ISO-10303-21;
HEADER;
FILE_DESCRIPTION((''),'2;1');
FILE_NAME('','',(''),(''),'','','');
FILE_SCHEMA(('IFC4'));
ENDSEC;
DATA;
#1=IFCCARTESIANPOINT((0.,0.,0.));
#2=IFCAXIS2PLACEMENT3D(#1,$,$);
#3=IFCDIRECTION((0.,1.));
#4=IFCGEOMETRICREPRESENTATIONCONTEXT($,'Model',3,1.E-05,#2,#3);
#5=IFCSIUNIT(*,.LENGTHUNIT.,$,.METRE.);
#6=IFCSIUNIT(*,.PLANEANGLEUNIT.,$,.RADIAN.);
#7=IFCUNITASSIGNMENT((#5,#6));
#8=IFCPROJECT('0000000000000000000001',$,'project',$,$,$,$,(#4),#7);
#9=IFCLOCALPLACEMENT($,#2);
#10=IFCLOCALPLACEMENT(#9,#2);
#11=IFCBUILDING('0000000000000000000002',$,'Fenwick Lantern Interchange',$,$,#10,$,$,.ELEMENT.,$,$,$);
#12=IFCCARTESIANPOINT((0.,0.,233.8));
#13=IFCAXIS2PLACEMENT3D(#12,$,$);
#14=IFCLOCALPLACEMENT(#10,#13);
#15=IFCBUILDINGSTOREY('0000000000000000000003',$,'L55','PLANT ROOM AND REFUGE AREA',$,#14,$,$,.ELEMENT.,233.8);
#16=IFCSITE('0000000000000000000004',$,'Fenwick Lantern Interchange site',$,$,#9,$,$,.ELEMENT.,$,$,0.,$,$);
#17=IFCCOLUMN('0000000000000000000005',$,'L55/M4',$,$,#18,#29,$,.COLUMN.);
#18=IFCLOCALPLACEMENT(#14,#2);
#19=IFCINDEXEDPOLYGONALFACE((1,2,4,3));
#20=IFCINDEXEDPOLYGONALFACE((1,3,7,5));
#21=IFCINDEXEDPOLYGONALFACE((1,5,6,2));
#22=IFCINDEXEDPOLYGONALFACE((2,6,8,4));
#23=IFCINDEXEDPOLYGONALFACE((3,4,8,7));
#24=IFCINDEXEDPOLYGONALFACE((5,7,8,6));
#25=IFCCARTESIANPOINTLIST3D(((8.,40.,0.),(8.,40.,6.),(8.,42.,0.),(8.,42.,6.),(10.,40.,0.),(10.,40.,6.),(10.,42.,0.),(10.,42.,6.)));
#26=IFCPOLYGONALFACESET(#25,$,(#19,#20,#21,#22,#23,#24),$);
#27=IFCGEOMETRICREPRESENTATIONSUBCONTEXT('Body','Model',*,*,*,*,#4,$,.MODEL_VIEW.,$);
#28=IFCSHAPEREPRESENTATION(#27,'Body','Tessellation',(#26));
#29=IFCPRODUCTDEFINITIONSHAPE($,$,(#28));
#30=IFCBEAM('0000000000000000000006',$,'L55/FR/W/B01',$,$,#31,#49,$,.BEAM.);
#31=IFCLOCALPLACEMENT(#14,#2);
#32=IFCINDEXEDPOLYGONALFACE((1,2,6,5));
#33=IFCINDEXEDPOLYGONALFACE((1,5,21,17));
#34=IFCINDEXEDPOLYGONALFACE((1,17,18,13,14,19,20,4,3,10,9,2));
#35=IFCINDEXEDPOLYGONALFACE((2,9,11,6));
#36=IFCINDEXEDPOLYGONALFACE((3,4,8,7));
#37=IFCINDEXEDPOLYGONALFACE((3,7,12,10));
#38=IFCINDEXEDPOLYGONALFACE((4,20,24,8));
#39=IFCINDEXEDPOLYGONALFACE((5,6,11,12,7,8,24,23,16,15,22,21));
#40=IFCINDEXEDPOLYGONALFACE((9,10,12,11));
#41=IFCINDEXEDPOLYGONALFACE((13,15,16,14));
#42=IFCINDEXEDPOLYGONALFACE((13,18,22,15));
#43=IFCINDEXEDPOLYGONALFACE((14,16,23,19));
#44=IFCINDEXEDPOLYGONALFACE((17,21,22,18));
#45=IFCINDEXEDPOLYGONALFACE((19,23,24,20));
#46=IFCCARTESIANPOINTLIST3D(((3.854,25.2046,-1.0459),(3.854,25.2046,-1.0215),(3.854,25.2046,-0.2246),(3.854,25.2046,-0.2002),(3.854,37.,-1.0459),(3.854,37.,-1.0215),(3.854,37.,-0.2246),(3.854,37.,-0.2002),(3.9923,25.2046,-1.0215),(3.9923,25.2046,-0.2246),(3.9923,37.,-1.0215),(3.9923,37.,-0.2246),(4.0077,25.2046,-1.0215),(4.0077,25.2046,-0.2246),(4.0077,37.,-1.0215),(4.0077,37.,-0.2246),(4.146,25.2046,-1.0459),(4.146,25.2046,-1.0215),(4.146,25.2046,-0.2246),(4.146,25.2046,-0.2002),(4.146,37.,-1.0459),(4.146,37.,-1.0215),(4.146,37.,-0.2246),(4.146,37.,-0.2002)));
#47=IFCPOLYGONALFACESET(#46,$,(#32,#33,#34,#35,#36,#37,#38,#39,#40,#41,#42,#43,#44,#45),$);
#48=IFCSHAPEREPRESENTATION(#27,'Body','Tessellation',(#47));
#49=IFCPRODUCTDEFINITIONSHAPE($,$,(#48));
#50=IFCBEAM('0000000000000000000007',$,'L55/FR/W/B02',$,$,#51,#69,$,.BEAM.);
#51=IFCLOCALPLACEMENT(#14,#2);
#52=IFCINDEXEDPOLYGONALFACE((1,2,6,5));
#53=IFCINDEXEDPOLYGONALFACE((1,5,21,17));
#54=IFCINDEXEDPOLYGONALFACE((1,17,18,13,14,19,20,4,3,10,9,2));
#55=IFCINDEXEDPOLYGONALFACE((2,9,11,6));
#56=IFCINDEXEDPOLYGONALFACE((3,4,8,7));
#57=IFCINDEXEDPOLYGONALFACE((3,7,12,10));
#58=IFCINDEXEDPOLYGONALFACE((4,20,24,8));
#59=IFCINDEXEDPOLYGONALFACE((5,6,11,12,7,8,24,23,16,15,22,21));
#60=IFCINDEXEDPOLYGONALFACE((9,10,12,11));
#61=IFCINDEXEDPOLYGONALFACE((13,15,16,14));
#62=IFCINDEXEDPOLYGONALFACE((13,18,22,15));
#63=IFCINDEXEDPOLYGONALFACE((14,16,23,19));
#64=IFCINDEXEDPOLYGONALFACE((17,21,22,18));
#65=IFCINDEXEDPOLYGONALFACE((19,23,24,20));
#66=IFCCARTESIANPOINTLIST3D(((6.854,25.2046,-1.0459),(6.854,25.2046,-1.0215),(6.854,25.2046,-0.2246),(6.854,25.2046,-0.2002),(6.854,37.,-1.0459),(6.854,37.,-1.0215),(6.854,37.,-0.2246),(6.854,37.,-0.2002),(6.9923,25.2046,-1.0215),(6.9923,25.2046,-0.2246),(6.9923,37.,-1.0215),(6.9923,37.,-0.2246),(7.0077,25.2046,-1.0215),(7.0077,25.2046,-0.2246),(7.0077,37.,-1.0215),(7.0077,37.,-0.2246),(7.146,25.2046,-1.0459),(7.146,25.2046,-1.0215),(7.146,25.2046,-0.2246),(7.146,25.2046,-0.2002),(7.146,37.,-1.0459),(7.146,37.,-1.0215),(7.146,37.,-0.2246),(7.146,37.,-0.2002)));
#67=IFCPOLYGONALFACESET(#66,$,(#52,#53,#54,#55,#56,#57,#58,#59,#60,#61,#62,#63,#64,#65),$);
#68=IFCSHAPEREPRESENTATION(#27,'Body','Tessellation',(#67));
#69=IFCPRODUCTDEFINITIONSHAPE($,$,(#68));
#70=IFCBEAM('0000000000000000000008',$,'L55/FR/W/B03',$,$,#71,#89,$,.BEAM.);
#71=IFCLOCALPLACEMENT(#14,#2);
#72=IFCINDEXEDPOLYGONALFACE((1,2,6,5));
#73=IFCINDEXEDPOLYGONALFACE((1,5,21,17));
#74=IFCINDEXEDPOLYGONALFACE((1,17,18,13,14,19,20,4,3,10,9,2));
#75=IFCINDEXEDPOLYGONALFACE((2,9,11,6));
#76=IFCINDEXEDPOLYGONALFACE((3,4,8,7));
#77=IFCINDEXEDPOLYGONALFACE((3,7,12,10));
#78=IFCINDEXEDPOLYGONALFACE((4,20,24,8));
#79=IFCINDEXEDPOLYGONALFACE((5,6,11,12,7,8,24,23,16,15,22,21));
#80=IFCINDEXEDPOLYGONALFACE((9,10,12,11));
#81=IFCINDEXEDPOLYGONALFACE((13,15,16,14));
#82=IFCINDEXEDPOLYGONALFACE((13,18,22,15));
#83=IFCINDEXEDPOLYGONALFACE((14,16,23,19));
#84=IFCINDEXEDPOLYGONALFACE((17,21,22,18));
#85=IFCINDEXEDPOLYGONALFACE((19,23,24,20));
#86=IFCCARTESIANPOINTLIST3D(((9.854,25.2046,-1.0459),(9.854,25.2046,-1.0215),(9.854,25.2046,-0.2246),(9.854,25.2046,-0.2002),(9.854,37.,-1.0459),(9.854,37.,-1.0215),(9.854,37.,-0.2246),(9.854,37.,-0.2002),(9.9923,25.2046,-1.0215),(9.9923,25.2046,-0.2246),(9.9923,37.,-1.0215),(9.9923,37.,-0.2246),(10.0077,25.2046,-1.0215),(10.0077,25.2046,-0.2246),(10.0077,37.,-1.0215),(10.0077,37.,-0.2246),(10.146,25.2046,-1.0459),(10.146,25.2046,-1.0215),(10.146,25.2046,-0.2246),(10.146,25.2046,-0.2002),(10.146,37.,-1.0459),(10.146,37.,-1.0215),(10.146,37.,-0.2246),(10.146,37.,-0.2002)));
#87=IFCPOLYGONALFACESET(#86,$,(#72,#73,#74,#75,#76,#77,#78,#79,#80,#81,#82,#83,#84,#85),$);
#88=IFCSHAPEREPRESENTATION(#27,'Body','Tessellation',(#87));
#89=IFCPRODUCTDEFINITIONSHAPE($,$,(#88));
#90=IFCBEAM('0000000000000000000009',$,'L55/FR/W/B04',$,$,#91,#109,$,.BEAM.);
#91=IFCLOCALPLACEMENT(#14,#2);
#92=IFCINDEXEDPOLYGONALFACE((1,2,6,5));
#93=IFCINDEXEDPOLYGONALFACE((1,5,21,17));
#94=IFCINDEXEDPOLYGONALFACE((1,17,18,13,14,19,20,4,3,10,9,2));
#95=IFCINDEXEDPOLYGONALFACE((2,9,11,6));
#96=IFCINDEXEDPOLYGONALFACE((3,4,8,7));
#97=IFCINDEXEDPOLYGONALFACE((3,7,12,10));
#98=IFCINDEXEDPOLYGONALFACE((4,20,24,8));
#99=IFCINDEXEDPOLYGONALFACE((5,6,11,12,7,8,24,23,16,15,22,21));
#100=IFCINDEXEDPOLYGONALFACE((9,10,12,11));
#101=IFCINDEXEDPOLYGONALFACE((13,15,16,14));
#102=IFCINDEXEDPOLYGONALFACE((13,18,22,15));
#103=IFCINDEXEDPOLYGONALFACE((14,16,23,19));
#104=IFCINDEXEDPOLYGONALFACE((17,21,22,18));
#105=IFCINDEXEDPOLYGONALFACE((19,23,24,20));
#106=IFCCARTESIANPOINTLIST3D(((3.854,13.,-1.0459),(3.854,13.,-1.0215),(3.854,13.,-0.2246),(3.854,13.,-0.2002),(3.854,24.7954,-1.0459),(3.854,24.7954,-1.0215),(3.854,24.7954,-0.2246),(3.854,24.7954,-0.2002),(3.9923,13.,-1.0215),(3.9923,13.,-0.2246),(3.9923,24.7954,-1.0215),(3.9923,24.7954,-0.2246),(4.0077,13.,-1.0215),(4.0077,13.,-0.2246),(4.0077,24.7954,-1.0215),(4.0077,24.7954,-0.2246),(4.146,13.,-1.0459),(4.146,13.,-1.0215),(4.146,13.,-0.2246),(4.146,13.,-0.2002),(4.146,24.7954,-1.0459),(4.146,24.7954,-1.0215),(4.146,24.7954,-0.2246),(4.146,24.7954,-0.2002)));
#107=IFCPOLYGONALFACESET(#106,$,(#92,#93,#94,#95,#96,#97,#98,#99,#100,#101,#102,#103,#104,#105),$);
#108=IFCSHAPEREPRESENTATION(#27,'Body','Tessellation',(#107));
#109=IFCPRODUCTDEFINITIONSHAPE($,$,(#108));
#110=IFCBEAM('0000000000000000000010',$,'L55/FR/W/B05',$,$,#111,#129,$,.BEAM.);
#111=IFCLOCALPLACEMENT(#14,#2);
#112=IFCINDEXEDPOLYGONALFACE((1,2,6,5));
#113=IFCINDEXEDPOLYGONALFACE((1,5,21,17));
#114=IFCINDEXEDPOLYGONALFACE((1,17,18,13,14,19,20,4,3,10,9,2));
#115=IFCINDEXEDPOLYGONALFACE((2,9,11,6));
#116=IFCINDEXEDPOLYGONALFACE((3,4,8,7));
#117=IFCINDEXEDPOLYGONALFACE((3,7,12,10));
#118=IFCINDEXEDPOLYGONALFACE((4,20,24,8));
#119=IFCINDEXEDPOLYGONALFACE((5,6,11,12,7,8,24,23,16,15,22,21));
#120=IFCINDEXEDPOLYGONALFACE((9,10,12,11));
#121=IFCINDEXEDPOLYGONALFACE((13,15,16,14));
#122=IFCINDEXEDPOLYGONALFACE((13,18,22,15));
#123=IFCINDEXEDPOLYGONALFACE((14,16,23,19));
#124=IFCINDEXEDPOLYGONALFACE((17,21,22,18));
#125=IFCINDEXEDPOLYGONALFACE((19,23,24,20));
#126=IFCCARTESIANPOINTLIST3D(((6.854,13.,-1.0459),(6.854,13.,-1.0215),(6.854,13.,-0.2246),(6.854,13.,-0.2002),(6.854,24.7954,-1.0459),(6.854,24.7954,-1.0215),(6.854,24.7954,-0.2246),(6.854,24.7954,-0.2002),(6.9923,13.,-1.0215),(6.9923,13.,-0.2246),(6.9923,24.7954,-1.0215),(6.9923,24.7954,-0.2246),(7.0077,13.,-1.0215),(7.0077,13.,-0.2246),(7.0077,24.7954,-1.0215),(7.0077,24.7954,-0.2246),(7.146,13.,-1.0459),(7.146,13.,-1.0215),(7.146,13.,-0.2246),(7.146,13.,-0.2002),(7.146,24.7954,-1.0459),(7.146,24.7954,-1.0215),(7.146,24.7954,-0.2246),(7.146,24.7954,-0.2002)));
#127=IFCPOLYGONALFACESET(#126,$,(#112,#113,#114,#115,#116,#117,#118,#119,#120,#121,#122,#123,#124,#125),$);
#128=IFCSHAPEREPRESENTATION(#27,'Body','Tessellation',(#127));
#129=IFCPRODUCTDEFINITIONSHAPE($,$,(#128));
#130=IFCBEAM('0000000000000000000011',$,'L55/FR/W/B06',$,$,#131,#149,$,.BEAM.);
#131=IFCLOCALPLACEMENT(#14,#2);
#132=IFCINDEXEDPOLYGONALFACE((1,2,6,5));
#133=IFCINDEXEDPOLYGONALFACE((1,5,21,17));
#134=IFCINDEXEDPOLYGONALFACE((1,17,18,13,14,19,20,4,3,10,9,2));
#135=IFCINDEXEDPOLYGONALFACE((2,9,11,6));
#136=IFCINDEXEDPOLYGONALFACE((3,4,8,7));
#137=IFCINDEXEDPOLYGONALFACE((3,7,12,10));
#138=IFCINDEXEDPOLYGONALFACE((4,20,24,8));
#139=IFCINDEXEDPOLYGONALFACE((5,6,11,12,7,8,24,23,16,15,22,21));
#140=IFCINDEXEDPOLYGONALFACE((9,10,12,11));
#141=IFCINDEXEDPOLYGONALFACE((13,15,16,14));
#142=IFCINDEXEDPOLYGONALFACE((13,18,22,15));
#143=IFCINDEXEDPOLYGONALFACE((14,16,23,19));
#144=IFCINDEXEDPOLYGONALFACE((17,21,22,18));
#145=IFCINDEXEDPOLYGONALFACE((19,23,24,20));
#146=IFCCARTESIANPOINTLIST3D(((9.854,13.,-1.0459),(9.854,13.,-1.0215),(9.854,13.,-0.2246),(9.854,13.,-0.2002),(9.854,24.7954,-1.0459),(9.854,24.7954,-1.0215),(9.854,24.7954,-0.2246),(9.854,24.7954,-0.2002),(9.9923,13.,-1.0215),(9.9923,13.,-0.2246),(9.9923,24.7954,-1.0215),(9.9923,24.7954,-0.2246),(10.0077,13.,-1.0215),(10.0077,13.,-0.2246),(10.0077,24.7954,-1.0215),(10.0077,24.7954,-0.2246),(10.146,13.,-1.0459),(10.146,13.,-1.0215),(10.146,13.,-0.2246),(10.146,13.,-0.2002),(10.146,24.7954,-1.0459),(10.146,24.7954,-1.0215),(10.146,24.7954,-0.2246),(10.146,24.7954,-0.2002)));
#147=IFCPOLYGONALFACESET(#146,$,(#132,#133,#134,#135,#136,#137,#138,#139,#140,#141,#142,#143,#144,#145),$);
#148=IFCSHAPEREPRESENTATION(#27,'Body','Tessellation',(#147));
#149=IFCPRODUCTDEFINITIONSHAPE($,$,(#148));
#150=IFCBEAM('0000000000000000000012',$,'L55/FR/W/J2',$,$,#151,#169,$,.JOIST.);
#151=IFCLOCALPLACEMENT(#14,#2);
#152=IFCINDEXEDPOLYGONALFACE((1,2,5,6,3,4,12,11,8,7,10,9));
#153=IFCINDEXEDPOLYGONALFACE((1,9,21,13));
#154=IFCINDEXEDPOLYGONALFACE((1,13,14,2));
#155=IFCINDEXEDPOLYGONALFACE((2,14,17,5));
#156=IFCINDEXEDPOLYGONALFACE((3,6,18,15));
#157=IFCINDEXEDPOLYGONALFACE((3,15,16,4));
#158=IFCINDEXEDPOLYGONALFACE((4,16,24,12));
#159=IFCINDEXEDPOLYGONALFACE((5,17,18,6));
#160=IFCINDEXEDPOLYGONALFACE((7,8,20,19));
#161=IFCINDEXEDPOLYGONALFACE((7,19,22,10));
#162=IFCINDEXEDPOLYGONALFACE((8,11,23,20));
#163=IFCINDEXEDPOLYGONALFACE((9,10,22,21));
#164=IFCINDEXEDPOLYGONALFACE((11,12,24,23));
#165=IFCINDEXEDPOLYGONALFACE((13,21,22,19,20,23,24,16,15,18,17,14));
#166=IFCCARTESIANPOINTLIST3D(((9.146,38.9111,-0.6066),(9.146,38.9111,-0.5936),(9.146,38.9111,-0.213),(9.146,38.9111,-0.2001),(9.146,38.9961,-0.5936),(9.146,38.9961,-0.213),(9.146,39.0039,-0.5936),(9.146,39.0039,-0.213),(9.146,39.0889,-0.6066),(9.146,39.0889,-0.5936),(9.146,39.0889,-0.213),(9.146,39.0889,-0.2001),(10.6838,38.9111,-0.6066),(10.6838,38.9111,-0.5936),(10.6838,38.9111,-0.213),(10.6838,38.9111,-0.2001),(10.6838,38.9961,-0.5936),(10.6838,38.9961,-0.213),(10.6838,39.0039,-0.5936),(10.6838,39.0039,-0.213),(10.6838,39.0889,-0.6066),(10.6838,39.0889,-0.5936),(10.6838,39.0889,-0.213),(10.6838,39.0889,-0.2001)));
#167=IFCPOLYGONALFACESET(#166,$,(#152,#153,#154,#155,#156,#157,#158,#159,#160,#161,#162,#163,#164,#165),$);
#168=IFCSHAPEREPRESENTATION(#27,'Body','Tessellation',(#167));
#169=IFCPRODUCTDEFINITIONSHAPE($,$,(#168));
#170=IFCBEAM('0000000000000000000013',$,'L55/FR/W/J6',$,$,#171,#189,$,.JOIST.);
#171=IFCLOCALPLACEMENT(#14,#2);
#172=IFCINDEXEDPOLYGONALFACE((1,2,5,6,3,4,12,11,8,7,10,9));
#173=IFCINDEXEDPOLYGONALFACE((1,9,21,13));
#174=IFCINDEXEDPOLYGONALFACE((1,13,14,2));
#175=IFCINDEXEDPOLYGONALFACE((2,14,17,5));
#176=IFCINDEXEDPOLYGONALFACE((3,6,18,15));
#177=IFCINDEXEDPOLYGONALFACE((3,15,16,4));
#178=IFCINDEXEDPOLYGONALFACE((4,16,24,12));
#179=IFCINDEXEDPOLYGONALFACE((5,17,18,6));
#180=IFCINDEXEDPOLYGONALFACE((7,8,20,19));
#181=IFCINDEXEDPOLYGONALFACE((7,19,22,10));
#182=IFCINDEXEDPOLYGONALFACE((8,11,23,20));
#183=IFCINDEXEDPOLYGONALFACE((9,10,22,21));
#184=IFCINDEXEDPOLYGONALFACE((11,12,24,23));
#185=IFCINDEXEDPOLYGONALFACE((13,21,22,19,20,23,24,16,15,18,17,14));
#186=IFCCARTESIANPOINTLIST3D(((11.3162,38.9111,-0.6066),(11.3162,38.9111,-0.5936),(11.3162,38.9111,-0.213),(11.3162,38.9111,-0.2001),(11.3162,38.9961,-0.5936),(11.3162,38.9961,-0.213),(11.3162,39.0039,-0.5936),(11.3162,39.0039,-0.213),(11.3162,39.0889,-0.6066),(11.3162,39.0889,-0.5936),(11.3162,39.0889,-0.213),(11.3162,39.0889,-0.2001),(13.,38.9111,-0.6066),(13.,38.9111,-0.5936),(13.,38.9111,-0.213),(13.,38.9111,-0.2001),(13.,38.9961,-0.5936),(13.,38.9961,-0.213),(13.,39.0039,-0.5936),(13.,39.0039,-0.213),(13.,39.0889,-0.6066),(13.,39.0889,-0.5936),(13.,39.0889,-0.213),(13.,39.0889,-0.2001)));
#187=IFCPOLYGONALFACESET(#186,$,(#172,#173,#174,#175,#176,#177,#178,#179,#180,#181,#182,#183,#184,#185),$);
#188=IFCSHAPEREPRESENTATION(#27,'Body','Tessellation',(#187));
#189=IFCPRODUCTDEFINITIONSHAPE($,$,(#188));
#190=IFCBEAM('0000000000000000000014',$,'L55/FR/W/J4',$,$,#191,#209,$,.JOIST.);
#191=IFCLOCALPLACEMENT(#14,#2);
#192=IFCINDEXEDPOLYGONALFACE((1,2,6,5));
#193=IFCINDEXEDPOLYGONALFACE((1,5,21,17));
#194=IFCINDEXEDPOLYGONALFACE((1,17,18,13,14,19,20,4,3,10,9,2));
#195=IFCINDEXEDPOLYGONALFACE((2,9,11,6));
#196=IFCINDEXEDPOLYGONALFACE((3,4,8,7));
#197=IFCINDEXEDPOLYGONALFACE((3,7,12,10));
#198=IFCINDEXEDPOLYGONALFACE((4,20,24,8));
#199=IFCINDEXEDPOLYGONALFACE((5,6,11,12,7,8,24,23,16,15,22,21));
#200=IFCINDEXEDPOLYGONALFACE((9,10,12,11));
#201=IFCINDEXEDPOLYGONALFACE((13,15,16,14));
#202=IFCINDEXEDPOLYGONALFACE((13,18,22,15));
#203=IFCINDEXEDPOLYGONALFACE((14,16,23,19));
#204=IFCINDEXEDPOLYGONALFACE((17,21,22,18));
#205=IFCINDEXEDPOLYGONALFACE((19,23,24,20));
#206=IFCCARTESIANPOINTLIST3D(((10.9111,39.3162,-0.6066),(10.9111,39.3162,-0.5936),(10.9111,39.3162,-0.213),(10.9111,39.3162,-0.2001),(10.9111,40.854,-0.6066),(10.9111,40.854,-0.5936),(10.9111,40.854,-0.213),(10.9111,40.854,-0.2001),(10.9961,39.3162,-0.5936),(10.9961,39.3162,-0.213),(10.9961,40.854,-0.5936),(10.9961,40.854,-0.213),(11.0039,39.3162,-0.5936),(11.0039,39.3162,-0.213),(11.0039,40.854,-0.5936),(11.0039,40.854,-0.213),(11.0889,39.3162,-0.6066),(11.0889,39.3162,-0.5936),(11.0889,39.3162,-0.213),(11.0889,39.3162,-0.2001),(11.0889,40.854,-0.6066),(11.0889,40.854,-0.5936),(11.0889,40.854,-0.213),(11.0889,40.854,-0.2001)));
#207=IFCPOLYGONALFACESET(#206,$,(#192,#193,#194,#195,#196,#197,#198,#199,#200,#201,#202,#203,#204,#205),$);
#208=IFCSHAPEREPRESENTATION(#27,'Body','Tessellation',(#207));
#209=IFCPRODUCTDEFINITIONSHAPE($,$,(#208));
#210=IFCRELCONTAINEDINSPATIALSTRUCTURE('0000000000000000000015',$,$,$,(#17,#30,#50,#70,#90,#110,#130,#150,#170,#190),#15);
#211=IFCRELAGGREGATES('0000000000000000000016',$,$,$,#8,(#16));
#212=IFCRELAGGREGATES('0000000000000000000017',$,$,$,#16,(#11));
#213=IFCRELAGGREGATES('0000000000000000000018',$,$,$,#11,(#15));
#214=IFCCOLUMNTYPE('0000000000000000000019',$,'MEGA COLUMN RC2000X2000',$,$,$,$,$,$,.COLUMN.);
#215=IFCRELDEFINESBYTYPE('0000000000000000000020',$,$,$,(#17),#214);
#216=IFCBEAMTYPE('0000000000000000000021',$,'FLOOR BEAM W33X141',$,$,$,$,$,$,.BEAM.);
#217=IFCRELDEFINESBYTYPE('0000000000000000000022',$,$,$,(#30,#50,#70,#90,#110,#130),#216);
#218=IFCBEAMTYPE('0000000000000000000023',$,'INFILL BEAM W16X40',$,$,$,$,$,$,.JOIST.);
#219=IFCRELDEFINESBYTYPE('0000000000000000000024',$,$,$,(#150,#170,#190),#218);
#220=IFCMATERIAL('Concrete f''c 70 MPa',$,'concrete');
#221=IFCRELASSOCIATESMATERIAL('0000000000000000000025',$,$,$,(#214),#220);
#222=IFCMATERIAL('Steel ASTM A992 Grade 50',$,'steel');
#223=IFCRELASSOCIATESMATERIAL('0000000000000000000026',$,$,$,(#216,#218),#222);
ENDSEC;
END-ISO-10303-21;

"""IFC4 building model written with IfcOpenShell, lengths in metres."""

from ifc_helpers import new_model, si_unit, direction, frame, origin, origin_2d, place, context, subcontext, project, spatial, rectangle, i_section, extrude, material, material_profile, profile_set, type_object, element, save


model = new_model("IFC4")

# Units and contexts
model_context = context("Model", 3, precision=1e-05, world=origin(), true_north=direction((0.0, 1.0)))
body_context = subcontext(model_context, "Body", "Model", "MODEL_VIEW")
ifc_project = project(units=[si_unit("LENGTHUNIT", "METRE"), si_unit("PLANEANGLEUNIT", "RADIAN")], contexts=[model_context])

# Site, building, storey
site_placement = place(None, origin())
site = spatial("IfcSite", under=ifc_project, at=site_placement, Name="Fenwick Lantern Interchange site", CompositionType="ELEMENT", RefElevation=0.0)
building_placement = place(site_placement, origin())
building = spatial("IfcBuilding", under=site, at=building_placement, Name="Fenwick Lantern Interchange", CompositionType="ELEMENT")
storey_placement = place(building_placement, frame((0.0, 0.0, 233.8)))
storey = spatial("IfcBuildingStorey", under=building, at=storey_placement, Name="L55", Description="PLANT ROOM AND REFUGE AREA", CompositionType="ELEMENT", Elevation=233.8)

# Column
ifc_material_1 = material(Name="Concrete f'c 70 MPa", Category="concrete")
ifc_material_profile_1 = material_profile(ifc_material_1, rectangle(XDim=2.0, YDim=2.0, at=origin_2d()), Name="RC2000X2000")
ifc_profile_set_1 = profile_set([ifc_material_profile_1], Name="Concrete f'c 70 MPa")
column_type = type_object("IfcColumnType", Name="MEGA COLUMN RC2000X2000", PredefinedType="COLUMN", material=ifc_profile_set_1)
column_placement = place(storey_placement, frame((9.0, 41.0, 0.0), z_axis=(0.0, 0.0, 1.0), x_axis=(1.0, 0.0, 0.0)))
element("IfcColumn", 1, at=column_placement, inside=storey, type_object=column_type, Name="L55/M4", PredefinedType="COLUMN", context=body_context, shape_type="SweptSolid", body=[
    extrude(rectangle(XDim=2.0, YDim=2.0, at=origin_2d()), origin(), (0.0, 0.0, 1.0), 6.0),
])

# Beams
ifc_material_2 = material(Name="Steel ASTM A992 Grade 50", Category="steel")
ifc_material_profile_2 = material_profile(ifc_material_2, i_section(OverallWidth=0.292, OverallDepth=0.8457, WebThickness=0.0154, FlangeThickness=0.0244, at=origin_2d()), Name="W33X141")
ifc_profile_set_2 = profile_set([ifc_material_profile_2], Name="Steel ASTM A992 Grade 50")
beam_type_1 = type_object("IfcBeamType", Name="FLOOR BEAM W33X141", PredefinedType="BEAM", material=ifc_profile_set_2)
for number, where, z_axis, x_axis, name in (
    (2, (4.0, 37.0, -0.623), (0.0, -1.0, 0.0), (1.0, 0.0, 0.0), "L55/FR/W/B01"),
    (3, (7.0, 37.0, -0.623), (0.0, -1.0, 0.0), (1.0, 0.0, 0.0), "L55/FR/W/B02"),
    (4, (10.0, 37.0, -0.623), (0.0, -1.0, 0.0), (1.0, 0.0, 0.0), "L55/FR/W/B03"),
    (5, (4.0, 24.7954, -0.623), (0.0, -1.0, 0.0), (1.0, 0.0, 0.0), "L55/FR/W/B04"),
    (6, (7.0, 24.7954, -0.623), (0.0, -1.0, 0.0), (1.0, 0.0, 0.0), "L55/FR/W/B05"),
    (7, (10.0, 24.7954, -0.623), (0.0, -1.0, 0.0), (1.0, 0.0, 0.0), "L55/FR/W/B06"),
):
    element("IfcBeam", number, at=place(storey_placement, frame(where, z_axis=z_axis, x_axis=x_axis)), inside=storey, type_object=beam_type_1, Name=name, PredefinedType="BEAM", context=body_context, shape_type="SweptSolid", body=[
        extrude(i_section(OverallWidth=0.292, OverallDepth=0.8457, WebThickness=0.0154, FlangeThickness=0.0244, at=origin_2d()), origin(), (0.0, 0.0, 1.0), 11.7954),
    ])
ifc_material_profile_3 = material_profile(ifc_material_2, i_section(OverallWidth=0.1777, OverallDepth=0.4065, WebThickness=0.0078, FlangeThickness=0.0129, at=origin_2d()), Name="W16X40")
ifc_profile_set_3 = profile_set([ifc_material_profile_3], Name="Steel ASTM A992 Grade 50")
beam_type_2 = type_object("IfcBeamType", Name="INFILL BEAM W16X40", PredefinedType="JOIST", material=ifc_profile_set_3)
beam_1_placement = place(storey_placement, frame((9.146, 39.0, -0.4033), z_axis=(1.0, 0.0, 0.0), x_axis=(0.0, 1.0, 0.0)))
element("IfcBeam", 8, at=beam_1_placement, inside=storey, type_object=beam_type_2, Name="L55/FR/W/J2", PredefinedType="JOIST", context=body_context, shape_type="SweptSolid", body=[
    extrude(i_section(OverallWidth=0.1777, OverallDepth=0.4065, WebThickness=0.0078, FlangeThickness=0.0129, at=origin_2d()), origin(), (0.0, 0.0, 1.0), 1.5378),
])
beam_2_placement = place(storey_placement, frame((11.3162, 39.0, -0.4033), z_axis=(1.0, 0.0, 0.0), x_axis=(0.0, 1.0, 0.0)))
element("IfcBeam", 9, at=beam_2_placement, inside=storey, type_object=beam_type_2, Name="L55/FR/W/J6", PredefinedType="JOIST", context=body_context, shape_type="SweptSolid", body=[
    extrude(i_section(OverallWidth=0.1777, OverallDepth=0.4065, WebThickness=0.0078, FlangeThickness=0.0129, at=origin_2d()), origin(), (0.0, 0.0, 1.0), 1.6838),
])
beam_3_placement = place(storey_placement, frame((11.0, 40.854, -0.4033), z_axis=(0.0, -1.0, 0.0), x_axis=(1.0, 0.0, 0.0)))
element("IfcBeam", 10, at=beam_3_placement, inside=storey, type_object=beam_type_2, Name="L55/FR/W/J4", PredefinedType="JOIST", context=body_context, shape_type="SweptSolid", body=[
    extrude(i_section(OverallWidth=0.1777, OverallDepth=0.4065, WebThickness=0.0078, FlangeThickness=0.0129, at=origin_2d()), origin(), (0.0, 0.0, 1.0), 1.5378),
])

save(model, "model.ifc")
